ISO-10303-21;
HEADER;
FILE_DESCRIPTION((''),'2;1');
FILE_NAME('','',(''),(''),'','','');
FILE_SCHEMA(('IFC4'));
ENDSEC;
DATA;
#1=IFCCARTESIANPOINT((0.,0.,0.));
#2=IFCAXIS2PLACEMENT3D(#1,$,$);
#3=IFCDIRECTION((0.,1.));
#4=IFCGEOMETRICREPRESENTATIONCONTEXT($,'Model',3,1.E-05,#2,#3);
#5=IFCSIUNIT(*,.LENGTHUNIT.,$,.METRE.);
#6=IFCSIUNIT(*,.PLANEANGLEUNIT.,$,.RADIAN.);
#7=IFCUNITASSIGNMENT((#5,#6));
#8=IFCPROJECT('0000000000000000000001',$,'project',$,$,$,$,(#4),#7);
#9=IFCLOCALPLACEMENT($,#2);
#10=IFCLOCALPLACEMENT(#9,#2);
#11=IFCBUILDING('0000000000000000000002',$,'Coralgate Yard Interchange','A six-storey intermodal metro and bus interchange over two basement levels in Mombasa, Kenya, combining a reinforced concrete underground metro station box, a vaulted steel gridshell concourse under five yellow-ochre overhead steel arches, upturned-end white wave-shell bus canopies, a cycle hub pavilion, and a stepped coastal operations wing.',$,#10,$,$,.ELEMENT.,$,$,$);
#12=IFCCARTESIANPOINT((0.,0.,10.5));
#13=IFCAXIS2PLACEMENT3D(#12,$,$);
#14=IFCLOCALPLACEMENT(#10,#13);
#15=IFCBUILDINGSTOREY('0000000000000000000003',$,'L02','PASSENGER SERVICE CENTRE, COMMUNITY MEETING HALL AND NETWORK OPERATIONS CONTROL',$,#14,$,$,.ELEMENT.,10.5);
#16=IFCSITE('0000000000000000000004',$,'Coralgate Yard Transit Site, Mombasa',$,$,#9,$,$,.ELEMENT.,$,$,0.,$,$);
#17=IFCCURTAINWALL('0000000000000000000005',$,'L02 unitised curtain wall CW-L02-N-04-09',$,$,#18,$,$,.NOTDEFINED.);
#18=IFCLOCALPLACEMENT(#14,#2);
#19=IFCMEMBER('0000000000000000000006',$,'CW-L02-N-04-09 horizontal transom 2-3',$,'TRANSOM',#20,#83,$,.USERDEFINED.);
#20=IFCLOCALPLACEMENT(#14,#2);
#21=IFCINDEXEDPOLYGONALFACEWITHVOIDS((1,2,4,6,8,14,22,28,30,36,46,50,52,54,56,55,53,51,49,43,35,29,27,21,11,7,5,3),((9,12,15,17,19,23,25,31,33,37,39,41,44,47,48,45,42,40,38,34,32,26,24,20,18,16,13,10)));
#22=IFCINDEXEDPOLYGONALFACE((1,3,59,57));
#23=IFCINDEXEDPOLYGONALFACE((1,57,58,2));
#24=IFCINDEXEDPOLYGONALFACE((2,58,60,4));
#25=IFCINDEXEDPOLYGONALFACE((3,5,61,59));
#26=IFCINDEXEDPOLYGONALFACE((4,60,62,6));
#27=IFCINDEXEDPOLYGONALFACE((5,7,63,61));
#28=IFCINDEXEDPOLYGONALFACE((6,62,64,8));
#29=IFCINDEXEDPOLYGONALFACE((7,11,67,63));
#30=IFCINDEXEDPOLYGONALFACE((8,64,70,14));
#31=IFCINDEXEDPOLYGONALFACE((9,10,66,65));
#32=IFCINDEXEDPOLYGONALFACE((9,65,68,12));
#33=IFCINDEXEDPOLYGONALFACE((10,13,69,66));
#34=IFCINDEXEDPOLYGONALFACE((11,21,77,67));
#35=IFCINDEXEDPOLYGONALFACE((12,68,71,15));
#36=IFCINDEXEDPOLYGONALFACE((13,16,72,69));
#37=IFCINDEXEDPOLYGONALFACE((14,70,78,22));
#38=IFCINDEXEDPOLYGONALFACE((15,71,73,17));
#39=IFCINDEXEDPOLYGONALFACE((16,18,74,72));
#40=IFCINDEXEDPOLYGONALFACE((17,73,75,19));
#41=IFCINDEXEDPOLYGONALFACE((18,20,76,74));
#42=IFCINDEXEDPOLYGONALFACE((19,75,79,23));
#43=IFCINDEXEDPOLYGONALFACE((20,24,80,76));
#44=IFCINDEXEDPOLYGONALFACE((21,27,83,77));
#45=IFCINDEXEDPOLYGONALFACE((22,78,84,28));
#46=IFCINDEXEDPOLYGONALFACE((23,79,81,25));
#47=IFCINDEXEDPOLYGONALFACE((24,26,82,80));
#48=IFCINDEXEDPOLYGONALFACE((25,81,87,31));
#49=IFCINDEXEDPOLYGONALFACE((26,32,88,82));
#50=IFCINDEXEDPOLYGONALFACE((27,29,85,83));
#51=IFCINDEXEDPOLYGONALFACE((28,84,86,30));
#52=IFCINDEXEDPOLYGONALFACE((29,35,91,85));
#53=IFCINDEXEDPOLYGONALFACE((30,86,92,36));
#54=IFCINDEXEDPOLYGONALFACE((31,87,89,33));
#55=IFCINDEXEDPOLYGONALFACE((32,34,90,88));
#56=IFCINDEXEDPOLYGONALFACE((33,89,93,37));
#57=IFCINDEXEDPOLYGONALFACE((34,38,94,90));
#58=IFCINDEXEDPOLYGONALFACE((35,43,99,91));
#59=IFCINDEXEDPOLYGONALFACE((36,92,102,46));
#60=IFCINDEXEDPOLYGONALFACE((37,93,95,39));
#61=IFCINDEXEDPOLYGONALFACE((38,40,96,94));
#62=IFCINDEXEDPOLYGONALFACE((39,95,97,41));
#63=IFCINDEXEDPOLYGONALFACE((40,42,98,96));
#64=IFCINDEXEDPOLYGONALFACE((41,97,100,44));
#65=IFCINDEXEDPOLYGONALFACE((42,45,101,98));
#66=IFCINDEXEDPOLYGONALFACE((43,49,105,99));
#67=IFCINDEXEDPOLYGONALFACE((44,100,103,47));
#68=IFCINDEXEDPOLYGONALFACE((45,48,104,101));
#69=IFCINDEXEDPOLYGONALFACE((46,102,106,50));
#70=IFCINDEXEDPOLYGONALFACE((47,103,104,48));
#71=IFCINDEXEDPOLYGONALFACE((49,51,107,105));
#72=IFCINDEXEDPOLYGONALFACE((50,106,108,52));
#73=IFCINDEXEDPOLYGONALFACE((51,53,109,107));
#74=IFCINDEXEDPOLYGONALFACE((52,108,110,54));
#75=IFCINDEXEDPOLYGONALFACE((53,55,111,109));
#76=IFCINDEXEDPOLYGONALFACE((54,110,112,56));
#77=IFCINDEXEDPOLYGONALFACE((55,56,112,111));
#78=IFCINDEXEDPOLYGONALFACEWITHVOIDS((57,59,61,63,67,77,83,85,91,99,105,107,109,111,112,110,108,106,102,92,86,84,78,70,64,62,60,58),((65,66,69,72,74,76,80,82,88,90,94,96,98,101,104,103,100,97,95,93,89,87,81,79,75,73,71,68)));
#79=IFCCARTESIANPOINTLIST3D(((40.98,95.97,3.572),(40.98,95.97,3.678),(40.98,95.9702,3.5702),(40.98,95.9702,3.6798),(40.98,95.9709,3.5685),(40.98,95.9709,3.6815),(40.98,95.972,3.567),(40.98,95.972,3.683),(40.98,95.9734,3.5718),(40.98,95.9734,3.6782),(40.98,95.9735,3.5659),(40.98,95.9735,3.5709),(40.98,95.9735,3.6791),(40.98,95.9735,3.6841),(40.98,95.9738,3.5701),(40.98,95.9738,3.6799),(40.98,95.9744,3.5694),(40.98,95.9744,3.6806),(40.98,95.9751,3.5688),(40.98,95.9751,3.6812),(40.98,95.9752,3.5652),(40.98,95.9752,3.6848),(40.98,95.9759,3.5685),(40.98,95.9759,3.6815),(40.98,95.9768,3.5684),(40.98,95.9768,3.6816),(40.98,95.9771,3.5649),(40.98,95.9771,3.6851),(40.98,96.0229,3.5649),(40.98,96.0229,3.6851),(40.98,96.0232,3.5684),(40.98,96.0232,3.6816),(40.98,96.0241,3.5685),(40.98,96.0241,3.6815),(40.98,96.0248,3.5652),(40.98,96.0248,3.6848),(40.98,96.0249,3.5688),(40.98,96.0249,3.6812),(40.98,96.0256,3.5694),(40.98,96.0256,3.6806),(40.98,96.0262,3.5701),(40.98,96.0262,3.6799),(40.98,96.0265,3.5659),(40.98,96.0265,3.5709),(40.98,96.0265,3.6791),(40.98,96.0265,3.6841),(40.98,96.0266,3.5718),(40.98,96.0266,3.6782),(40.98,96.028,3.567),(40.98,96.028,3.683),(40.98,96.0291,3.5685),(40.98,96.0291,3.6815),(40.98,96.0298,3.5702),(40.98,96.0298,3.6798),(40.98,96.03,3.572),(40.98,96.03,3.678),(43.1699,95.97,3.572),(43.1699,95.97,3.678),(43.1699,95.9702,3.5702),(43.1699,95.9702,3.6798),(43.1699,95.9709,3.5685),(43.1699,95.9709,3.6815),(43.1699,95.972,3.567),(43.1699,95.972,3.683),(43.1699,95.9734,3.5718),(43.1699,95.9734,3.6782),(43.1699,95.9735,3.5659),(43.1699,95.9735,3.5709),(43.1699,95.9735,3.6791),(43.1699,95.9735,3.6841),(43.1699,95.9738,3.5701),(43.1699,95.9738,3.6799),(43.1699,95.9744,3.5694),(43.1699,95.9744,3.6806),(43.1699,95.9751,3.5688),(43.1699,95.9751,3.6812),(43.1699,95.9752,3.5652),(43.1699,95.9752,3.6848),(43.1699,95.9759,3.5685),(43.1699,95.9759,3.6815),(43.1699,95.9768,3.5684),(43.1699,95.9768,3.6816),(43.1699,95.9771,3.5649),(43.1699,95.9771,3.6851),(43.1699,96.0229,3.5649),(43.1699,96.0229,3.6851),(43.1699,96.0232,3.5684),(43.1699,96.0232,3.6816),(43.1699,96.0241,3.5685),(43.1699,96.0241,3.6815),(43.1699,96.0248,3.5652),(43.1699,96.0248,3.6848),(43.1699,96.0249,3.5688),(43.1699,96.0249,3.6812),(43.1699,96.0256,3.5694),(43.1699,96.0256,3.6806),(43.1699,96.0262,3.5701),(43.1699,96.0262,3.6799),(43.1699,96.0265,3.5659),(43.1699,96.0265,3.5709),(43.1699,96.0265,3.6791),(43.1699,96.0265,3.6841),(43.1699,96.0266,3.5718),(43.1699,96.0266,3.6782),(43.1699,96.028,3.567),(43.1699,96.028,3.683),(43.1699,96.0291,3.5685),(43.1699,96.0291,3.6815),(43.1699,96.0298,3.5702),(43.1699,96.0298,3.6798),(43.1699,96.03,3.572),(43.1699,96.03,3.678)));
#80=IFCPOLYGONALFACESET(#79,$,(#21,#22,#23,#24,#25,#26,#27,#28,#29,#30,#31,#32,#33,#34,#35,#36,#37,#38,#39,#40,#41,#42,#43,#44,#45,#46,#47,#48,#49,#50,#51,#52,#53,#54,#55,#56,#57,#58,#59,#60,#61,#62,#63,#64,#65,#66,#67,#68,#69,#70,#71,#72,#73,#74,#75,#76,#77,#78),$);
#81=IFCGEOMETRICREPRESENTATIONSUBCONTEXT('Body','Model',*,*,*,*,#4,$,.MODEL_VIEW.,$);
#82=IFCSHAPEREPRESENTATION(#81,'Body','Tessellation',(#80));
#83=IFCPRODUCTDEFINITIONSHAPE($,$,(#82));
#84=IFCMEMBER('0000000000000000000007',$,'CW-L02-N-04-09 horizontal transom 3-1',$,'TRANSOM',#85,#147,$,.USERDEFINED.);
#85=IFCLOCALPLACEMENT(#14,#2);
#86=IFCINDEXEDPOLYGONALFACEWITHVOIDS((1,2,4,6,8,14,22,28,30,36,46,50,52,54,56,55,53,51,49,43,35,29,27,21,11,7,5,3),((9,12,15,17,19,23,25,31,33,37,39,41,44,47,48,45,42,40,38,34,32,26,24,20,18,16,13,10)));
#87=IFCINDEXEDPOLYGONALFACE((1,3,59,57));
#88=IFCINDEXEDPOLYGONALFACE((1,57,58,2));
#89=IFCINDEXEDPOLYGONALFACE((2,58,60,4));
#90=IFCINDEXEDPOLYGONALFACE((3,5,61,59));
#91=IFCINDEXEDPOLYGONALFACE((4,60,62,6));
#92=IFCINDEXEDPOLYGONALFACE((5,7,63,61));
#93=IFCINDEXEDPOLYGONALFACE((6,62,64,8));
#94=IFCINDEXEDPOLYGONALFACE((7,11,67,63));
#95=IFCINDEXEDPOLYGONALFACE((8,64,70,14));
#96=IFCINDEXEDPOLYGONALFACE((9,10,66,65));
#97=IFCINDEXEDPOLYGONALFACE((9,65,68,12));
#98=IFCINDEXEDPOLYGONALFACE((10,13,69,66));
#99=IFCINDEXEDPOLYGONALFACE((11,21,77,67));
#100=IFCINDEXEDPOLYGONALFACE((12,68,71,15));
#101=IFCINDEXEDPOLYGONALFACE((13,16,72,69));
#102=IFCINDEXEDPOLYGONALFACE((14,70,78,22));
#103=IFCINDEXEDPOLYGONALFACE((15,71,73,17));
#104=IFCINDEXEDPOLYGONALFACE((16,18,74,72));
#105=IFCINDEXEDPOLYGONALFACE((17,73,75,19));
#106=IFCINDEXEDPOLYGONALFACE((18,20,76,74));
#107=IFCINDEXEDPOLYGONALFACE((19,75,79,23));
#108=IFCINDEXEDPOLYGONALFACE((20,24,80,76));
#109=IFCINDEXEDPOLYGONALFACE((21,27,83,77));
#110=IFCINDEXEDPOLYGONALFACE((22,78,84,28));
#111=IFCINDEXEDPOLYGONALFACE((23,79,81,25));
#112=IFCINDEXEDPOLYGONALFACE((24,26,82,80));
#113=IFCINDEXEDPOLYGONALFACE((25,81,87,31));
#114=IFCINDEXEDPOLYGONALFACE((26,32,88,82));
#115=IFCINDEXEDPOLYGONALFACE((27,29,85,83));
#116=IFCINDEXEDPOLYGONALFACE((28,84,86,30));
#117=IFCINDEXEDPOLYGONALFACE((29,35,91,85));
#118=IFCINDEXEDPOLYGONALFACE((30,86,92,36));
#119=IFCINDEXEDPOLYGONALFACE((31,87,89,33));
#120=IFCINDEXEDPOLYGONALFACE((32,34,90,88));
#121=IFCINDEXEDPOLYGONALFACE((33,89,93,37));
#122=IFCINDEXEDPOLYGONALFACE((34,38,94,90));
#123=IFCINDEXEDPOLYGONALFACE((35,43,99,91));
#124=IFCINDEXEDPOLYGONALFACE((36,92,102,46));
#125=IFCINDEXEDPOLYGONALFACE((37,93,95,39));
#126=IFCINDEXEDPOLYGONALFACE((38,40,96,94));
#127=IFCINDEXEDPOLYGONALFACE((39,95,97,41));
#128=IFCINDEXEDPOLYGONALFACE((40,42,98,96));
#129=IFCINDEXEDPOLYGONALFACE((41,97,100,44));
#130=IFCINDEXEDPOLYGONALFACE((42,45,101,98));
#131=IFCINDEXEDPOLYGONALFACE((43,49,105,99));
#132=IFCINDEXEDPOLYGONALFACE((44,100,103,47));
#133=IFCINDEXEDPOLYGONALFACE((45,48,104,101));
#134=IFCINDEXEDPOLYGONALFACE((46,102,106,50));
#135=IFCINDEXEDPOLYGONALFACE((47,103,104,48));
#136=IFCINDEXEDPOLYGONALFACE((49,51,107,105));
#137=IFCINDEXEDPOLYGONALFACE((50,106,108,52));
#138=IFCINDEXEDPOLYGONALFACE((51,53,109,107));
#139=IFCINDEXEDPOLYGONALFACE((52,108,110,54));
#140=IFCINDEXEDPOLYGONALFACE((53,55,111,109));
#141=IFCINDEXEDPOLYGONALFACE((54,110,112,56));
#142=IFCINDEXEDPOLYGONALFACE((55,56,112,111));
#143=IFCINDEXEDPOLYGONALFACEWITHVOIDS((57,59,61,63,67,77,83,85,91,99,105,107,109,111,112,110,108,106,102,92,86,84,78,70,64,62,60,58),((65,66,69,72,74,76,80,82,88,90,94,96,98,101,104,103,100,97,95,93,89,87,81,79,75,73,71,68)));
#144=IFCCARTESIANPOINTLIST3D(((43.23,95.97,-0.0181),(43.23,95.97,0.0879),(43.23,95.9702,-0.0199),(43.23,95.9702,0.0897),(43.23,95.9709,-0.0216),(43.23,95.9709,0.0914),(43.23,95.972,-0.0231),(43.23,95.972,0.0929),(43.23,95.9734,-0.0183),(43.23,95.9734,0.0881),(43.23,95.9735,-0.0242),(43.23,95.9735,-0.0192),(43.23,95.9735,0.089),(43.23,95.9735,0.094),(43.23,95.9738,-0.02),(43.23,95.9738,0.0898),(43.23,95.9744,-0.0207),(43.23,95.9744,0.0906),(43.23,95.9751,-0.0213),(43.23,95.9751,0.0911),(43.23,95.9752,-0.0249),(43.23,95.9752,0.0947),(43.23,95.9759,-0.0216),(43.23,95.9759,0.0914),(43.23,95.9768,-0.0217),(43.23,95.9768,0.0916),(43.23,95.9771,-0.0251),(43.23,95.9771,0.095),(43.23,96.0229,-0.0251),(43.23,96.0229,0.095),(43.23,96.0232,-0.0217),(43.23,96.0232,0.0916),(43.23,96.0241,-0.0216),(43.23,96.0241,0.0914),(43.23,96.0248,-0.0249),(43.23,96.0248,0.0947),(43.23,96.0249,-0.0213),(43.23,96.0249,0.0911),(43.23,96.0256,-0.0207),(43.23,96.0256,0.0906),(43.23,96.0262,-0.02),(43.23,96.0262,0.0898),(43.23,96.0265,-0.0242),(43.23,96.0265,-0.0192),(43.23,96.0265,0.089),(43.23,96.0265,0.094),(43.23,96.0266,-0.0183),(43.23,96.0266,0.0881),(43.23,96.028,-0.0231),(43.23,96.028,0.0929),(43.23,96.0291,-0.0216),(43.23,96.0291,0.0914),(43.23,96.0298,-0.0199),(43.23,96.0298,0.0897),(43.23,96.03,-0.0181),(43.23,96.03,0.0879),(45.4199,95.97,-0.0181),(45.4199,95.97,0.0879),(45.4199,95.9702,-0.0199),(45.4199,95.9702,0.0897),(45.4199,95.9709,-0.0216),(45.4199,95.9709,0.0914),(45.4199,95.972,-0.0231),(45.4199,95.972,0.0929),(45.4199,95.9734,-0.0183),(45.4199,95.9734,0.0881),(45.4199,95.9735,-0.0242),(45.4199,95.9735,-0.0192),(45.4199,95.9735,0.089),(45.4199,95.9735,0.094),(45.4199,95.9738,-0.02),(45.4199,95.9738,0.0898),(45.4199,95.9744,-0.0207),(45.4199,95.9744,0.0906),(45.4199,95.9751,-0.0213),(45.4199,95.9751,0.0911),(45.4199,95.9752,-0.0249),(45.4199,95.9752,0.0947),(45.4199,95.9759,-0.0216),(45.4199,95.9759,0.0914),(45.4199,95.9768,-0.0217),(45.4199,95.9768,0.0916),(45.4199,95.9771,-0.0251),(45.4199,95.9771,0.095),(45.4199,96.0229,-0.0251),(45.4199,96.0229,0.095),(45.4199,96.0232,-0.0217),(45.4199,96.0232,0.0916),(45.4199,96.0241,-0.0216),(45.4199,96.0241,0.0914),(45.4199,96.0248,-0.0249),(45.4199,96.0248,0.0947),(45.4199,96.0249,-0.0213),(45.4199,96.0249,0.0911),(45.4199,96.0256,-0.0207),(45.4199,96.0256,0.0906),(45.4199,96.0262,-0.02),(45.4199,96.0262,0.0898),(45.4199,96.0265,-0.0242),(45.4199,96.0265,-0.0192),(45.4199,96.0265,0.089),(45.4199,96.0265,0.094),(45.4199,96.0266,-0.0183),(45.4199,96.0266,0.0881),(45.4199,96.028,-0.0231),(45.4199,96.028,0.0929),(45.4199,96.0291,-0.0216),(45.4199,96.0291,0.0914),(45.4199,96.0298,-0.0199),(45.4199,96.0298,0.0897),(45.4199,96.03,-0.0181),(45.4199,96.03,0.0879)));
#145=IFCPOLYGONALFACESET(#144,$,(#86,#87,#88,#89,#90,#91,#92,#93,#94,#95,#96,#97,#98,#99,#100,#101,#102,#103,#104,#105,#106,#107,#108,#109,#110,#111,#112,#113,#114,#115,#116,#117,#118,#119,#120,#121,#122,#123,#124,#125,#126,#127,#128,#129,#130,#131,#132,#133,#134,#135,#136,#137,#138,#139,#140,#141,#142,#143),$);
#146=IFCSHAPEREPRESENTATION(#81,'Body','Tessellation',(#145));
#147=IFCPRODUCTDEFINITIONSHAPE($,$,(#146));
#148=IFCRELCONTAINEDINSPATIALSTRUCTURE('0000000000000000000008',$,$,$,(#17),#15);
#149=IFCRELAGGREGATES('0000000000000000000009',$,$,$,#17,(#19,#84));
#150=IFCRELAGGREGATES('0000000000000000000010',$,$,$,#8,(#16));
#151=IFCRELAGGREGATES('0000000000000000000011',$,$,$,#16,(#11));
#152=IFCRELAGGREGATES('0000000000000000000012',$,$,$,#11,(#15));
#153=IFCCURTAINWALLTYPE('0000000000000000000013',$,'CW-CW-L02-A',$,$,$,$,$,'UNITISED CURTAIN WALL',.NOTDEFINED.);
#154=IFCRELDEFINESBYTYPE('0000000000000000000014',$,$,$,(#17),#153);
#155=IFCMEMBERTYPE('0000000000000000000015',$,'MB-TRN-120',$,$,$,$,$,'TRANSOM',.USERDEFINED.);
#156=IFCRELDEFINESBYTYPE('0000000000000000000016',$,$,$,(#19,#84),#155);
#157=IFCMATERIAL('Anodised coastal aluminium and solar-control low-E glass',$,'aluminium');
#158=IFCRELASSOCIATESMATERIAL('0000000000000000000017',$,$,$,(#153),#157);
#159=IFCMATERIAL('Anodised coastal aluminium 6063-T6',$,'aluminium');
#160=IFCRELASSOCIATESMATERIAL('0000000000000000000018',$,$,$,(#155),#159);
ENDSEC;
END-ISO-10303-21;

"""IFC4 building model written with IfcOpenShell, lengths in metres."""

from ifc_helpers import new_model, si_unit, direction, frame, origin, origin_2d, place, context, subcontext, project, spatial, hollow_rectangle, extrude, material, material_profile, profile_set, type_object, element, aggregate, save


model = new_model("IFC4")

# Units and contexts
model_context = context("Model", 3, precision=1e-05, world=origin(), true_north=direction((0.0, 1.0)))
body_context = subcontext(model_context, "Body", "Model", "MODEL_VIEW")
ifc_project = project(units=[si_unit("LENGTHUNIT", "METRE"), si_unit("PLANEANGLEUNIT", "RADIAN")], contexts=[model_context])

# Site, building, storey
site_placement = place(None, origin())
site = spatial("IfcSite", under=ifc_project, at=site_placement, Name="Coralgate Yard Transit Site, Mombasa", CompositionType="ELEMENT", RefElevation=0.0)
building_placement = place(site_placement, origin())
building = spatial("IfcBuilding", under=site, at=building_placement, Name="Coralgate Yard Interchange", Description="A six-storey intermodal metro and bus interchange over two basement levels in Mombasa, Kenya, combining a reinforced concrete underground metro station box, a vaulted steel gridshell concourse under five yellow-ochre overhead steel arches, upturned-end white wave-shell bus canopies, a cycle hub pavilion, and a stepped coastal operations wing.", CompositionType="ELEMENT")
storey_placement = place(building_placement, frame((0.0, 0.0, 10.5)))
storey = spatial("IfcBuildingStorey", under=building, at=storey_placement, Name="L02", Description="PASSENGER SERVICE CENTRE, COMMUNITY MEETING HALL AND NETWORK OPERATIONS CONTROL", CompositionType="ELEMENT", Elevation=10.5)

# Curtain wall, members
ifc_material_1 = material(Name="Anodised coastal aluminium and solar-control low-E glass", Category="aluminium")
curtain_wall_type = type_object("IfcCurtainWallType", Name="CW-CW-L02-A", ElementType="UNITISED CURTAIN WALL", PredefinedType="NOTDEFINED", material=ifc_material_1)
curtain_wall_placement = place(storey_placement, origin())
curtain_wall = element("IfcCurtainWall", 1, at=curtain_wall_placement, inside=storey, type_object=curtain_wall_type, Name="L02 unitised curtain wall CW-L02-N-04-09", PredefinedType="NOTDEFINED")
ifc_material_2 = material(Name="Anodised coastal aluminium 6063-T6", Category="aluminium")
ifc_material_profile_1 = material_profile(ifc_material_2, hollow_rectangle(XDim=0.0601, YDim=0.1201, WallThickness=0.0034, InnerFilletRadius=0.0034, OuterFilletRadius=0.0071, at=origin_2d()), Name="ALU 60x120x3.5")
ifc_profile_set_1 = profile_set([ifc_material_profile_1], Name="Anodised coastal aluminium 6063-T6")
member_type_1 = type_object("IfcMemberType", Name="MB-TRN-120", ElementType="TRANSOM", PredefinedType="USERDEFINED", material=ifc_profile_set_1)
member_1_placement = place(storey_placement, frame((40.98, 96.0, 3.625), z_axis=(1.0, 0.0, 0.0), x_axis=(0.0, 1.0, 0.0)))
member_1 = element("IfcMember", 2, at=member_1_placement, type_object=member_type_1, Name="CW-L02-N-04-09 horizontal transom 2-3", ObjectType="TRANSOM", PredefinedType="USERDEFINED", context=body_context, shape_type="SweptSolid", body=[
    extrude(hollow_rectangle(XDim=0.0601, YDim=0.1201, WallThickness=0.0034, InnerFilletRadius=0.0034, OuterFilletRadius=0.0071, at=origin_2d()), origin(), (0.0, 0.0, 1.0), 2.1899),
])
member_2_placement = place(storey_placement, frame((43.23, 96.0, 0.0349), z_axis=(1.0, 0.0, 0.0), x_axis=(0.0, 1.0, 0.0)))
member_2 = element("IfcMember", 3, at=member_2_placement, type_object=member_type_1, Name="CW-L02-N-04-09 horizontal transom 3-1", ObjectType="TRANSOM", PredefinedType="USERDEFINED", context=body_context, shape_type="SweptSolid", body=[
    extrude(hollow_rectangle(XDim=0.0601, YDim=0.1201, WallThickness=0.0034, InnerFilletRadius=0.0034, OuterFilletRadius=0.0071, at=origin_2d()), origin(), (0.0, 0.0, 1.0), 2.1899),
])
aggregate(curtain_wall, [member_1, member_2])

save(model, "model.ifc")
